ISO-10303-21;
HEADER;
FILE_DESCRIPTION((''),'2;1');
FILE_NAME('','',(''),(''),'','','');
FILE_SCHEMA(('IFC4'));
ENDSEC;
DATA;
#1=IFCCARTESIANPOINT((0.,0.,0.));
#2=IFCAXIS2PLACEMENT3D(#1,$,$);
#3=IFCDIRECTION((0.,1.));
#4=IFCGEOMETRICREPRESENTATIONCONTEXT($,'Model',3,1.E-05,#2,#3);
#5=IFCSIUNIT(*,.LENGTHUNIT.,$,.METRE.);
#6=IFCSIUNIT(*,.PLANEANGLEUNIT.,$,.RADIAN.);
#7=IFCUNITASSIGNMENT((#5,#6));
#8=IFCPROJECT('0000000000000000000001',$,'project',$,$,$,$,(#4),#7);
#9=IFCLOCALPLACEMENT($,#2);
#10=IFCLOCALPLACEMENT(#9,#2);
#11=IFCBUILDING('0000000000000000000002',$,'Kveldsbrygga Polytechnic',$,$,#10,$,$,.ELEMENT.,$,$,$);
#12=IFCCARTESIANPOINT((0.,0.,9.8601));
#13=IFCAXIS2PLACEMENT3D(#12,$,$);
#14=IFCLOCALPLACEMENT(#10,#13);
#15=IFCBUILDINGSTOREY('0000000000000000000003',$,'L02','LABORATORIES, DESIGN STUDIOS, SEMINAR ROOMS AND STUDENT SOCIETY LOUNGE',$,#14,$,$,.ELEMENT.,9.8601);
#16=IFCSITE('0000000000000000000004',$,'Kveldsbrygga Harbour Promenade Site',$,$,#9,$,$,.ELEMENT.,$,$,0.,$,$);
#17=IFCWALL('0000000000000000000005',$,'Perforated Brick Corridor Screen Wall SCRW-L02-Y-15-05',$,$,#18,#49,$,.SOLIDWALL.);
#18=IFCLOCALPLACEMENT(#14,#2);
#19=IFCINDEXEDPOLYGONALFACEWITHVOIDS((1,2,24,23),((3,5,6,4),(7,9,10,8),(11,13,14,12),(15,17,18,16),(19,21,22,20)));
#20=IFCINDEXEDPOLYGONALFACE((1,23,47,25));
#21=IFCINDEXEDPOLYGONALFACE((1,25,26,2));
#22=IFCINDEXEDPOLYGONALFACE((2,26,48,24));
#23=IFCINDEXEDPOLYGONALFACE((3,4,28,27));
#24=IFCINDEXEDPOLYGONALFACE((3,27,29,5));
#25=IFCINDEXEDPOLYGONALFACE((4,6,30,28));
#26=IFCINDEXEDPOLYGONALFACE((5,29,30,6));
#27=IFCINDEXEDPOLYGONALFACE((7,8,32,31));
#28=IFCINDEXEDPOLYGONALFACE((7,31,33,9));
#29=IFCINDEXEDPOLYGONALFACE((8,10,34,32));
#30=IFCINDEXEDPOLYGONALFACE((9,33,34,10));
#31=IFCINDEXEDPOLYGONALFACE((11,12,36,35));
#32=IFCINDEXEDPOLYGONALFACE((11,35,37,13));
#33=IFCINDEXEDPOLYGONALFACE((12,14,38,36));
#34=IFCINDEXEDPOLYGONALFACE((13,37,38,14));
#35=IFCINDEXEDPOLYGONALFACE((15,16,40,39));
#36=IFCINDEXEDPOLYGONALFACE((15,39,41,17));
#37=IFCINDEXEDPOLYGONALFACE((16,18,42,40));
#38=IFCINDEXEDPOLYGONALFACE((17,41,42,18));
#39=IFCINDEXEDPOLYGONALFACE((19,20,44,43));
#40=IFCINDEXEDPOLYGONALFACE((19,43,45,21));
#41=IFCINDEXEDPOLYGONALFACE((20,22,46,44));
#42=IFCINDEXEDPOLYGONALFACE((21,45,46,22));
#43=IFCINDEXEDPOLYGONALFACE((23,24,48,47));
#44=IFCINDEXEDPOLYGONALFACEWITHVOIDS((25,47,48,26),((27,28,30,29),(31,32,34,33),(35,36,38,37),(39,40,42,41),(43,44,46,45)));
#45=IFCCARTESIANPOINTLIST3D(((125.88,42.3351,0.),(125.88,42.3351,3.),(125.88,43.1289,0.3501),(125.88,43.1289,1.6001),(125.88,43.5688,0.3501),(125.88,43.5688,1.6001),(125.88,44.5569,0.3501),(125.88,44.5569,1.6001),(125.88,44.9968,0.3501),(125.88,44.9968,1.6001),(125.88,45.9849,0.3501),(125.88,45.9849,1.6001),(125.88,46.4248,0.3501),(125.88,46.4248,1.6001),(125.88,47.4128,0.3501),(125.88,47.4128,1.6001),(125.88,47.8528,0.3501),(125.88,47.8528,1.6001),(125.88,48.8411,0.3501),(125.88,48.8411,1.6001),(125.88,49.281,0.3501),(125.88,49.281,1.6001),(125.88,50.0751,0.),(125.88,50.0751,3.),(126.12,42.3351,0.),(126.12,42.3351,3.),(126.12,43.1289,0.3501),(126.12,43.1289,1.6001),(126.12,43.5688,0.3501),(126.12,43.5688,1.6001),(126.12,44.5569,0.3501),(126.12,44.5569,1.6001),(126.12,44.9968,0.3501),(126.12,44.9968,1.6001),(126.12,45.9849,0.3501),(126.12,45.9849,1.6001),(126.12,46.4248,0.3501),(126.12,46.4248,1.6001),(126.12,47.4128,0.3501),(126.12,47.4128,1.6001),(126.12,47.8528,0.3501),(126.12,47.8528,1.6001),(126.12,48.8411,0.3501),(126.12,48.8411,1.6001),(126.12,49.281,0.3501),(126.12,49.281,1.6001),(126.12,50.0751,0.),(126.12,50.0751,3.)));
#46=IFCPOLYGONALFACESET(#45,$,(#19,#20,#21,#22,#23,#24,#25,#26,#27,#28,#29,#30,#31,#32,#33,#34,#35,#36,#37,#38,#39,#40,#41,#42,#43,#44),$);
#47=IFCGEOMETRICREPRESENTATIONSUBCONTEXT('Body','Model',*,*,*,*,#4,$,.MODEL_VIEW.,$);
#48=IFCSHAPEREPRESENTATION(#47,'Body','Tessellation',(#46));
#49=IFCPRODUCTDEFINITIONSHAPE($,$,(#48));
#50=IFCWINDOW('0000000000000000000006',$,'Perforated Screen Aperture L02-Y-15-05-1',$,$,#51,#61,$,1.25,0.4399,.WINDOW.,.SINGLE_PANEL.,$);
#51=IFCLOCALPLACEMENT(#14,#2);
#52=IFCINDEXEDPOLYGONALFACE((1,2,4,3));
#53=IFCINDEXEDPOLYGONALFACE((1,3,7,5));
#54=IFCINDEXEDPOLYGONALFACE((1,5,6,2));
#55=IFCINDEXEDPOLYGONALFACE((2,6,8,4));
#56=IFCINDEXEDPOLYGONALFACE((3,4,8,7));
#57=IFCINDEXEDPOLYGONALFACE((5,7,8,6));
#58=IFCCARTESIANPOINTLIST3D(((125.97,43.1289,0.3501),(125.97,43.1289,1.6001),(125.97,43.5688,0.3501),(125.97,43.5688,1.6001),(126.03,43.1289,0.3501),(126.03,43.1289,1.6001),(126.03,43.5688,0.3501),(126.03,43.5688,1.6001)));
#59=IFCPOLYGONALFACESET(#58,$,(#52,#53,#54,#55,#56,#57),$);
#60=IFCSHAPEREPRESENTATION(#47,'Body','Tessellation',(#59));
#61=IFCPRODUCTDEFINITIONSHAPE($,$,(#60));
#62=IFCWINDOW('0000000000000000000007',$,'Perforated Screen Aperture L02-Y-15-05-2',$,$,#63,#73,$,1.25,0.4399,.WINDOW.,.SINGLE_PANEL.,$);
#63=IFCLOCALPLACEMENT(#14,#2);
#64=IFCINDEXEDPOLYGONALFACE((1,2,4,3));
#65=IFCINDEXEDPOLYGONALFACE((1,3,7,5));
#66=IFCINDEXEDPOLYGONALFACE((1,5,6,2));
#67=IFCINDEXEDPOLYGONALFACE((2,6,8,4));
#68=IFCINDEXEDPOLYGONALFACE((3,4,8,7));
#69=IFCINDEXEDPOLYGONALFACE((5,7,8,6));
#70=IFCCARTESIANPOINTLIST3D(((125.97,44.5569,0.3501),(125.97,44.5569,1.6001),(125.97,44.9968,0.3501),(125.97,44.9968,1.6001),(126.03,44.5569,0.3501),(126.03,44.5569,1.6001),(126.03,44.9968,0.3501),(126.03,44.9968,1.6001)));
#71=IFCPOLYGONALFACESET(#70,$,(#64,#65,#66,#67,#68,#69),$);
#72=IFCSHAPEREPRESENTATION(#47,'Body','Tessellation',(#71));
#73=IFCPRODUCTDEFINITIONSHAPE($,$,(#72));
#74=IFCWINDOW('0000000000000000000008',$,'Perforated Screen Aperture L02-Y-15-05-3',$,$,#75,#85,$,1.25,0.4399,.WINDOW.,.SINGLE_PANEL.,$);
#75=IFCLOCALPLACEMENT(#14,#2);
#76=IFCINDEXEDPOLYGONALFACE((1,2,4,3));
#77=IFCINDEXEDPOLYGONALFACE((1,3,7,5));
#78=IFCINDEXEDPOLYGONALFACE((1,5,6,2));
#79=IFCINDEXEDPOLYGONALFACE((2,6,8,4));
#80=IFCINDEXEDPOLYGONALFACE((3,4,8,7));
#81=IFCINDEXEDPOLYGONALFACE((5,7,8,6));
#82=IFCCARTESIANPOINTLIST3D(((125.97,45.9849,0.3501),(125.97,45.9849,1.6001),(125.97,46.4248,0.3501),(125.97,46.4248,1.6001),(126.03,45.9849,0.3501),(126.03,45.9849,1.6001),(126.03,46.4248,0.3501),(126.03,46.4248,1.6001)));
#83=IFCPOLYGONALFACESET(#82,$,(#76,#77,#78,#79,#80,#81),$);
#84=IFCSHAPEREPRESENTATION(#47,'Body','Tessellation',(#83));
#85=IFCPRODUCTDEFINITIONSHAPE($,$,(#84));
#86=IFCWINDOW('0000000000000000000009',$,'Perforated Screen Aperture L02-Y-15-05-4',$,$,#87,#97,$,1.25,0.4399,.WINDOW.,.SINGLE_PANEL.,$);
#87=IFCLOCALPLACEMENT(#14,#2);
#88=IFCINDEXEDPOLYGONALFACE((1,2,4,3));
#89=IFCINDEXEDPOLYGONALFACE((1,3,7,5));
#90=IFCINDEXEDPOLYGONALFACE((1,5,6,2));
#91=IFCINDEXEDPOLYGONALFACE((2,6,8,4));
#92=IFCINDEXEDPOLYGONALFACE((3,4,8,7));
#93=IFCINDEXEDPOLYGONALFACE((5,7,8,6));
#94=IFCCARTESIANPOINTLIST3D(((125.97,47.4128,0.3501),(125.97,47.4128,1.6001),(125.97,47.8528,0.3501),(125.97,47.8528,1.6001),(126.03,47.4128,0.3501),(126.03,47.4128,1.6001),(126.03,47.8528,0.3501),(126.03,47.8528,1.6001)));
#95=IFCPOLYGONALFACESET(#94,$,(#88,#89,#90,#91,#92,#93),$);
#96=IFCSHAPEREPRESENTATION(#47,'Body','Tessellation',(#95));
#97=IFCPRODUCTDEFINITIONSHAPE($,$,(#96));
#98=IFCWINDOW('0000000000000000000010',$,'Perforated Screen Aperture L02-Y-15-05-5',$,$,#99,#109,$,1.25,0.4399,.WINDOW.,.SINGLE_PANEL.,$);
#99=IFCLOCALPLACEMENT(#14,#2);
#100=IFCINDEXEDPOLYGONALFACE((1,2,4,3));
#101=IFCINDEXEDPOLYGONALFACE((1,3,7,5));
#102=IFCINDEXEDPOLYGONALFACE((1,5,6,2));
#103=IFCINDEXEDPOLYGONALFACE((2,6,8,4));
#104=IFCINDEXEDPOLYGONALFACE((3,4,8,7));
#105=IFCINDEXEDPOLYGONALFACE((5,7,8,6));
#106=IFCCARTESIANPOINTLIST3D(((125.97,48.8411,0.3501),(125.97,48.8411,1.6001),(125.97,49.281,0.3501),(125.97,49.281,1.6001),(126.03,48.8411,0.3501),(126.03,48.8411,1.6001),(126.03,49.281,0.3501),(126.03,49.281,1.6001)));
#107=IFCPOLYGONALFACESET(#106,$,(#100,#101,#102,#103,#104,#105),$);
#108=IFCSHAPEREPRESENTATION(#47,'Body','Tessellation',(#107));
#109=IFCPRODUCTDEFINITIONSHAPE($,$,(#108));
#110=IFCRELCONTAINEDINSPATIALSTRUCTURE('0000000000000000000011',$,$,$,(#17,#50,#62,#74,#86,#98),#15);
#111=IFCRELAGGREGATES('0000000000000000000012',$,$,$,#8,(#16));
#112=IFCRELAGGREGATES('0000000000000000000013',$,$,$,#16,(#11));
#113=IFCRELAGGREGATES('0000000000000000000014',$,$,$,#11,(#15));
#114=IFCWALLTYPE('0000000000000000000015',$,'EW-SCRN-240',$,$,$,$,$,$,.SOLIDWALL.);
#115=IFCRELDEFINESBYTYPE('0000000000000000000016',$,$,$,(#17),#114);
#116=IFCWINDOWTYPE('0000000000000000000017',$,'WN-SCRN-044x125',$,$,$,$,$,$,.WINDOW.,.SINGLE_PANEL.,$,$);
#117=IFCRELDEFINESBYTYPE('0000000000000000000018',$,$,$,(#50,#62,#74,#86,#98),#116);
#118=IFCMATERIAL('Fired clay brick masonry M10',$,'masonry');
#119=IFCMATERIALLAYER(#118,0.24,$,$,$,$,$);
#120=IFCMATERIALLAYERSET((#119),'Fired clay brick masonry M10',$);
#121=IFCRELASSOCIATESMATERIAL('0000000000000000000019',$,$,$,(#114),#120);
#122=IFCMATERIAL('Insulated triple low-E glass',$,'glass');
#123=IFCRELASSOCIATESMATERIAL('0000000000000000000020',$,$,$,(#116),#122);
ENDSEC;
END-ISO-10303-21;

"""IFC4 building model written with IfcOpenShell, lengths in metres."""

from ifc_helpers import new_model, si_unit, direction, frame, frame_2d, origin, place, context, subcontext, project, spatial, rectangle, extrude, material, layer, layer_set, type_object, element, fill, save


model = new_model("IFC4")

# Units and contexts
model_context = context("Model", 3, precision=1e-05, world=origin(), true_north=direction((0.0, 1.0)))
body_context = subcontext(model_context, "Body", "Model", "MODEL_VIEW")
ifc_project = project(units=[si_unit("LENGTHUNIT", "METRE"), si_unit("PLANEANGLEUNIT", "RADIAN")], contexts=[model_context])

# Site, building, storey
site_placement = place(None, origin())
site = spatial("IfcSite", under=ifc_project, at=site_placement, Name="Kveldsbrygga Harbour Promenade Site", CompositionType="ELEMENT", RefElevation=0.0)
building_placement = place(site_placement, origin())
building = spatial("IfcBuilding", under=site, at=building_placement, Name="Kveldsbrygga Polytechnic", CompositionType="ELEMENT")
storey_placement = place(building_placement, frame((0.0, 0.0, 9.8601)))
storey = spatial("IfcBuildingStorey", under=building, at=storey_placement, Name="L02", Description="LABORATORIES, DESIGN STUDIOS, SEMINAR ROOMS AND STUDENT SOCIETY LOUNGE", CompositionType="ELEMENT", Elevation=9.8601)

# Shared definitions
ifc_material_1 = material(Name="Insulated triple low-E glass", Category="glass")

# Wall, openings, windows
ifc_material_2 = material(Name="Fired clay brick masonry M10", Category="masonry")
ifc_layer_1 = layer(ifc_material_2, 0.24)
ifc_layer_set_1 = layer_set([ifc_layer_1], Name="Fired clay brick masonry M10")
wall_type = type_object("IfcWallType", Name="EW-SCRN-240", PredefinedType="SOLIDWALL", material=ifc_layer_set_1)
wall_placement = place(storey_placement, frame((126.0, 42.335, 0.0), z_axis=(0.0, 0.0, 1.0), x_axis=(0.0, 1.0, 0.0)))
wall = element("IfcWall", 1, at=wall_placement, inside=storey, type_object=wall_type, Name="Perforated Brick Corridor Screen Wall SCRW-L02-Y-15-05", PredefinedType="SOLIDWALL", context=body_context, shape_type="SweptSolid", body=[
    extrude(rectangle(XDim=7.74, YDim=0.24, at=frame_2d((3.8701, 0.0))), origin(), (0.0, 0.0, 1.0), 3.0),
])
opening_1_placement = place(wall_placement, frame((0.7939, 0.0, 0.3501)))
opening_1 = element("IfcOpeningElement", 2, at=opening_1_placement, cuts=wall, PredefinedType="OPENING", context=body_context, shape_type="SweptSolid", body=[
    extrude(rectangle(XDim=0.4399, YDim=1.25, at=frame_2d((0.22, 0.625))), frame((0.0, 0.1299, 0.0), z_axis=(0.0, -1.0, 0.0), x_axis=(1.0, 0.0, 0.0)), (0.0, 0.0, 1.0), 0.26),
])
opening_2_placement = place(wall_placement, frame((2.2219, 0.0, 0.3501)))
opening_2 = element("IfcOpeningElement", 3, at=opening_2_placement, cuts=wall, PredefinedType="OPENING", context=body_context, shape_type="SweptSolid", body=[
    extrude(rectangle(XDim=0.4399, YDim=1.25, at=frame_2d((0.22, 0.625))), frame((0.0, 0.1299, 0.0), z_axis=(0.0, -1.0, 0.0), x_axis=(1.0, 0.0, 0.0)), (0.0, 0.0, 1.0), 0.26),
])
opening_3_placement = place(wall_placement, frame((3.6499, 0.0, 0.3501)))
opening_3 = element("IfcOpeningElement", 4, at=opening_3_placement, cuts=wall, PredefinedType="OPENING", context=body_context, shape_type="SweptSolid", body=[
    extrude(rectangle(XDim=0.4399, YDim=1.25, at=frame_2d((0.22, 0.625))), frame((0.0, 0.1299, 0.0), z_axis=(0.0, -1.0, 0.0), x_axis=(1.0, 0.0, 0.0)), (0.0, 0.0, 1.0), 0.26),
])
opening_4_placement = place(wall_placement, frame((5.0779, 0.0, 0.3501)))
opening_4 = element("IfcOpeningElement", 5, at=opening_4_placement, cuts=wall, PredefinedType="OPENING", context=body_context, shape_type="SweptSolid", body=[
    extrude(rectangle(XDim=0.4399, YDim=1.25, at=frame_2d((0.22, 0.625))), frame((0.0, 0.1299, 0.0), z_axis=(0.0, -1.0, 0.0), x_axis=(1.0, 0.0, 0.0)), (0.0, 0.0, 1.0), 0.26),
])
opening_5_placement = place(wall_placement, frame((6.5061, 0.0, 0.3501)))
opening_5 = element("IfcOpeningElement", 6, at=opening_5_placement, cuts=wall, PredefinedType="OPENING", context=body_context, shape_type="SweptSolid", body=[
    extrude(rectangle(XDim=0.4399, YDim=1.25, at=frame_2d((0.22, 0.625))), frame((0.0, 0.1299, 0.0), z_axis=(0.0, -1.0, 0.0), x_axis=(1.0, 0.0, 0.0)), (0.0, 0.0, 1.0), 0.26),
])
window_type = type_object("IfcWindowType", Name="WN-SCRN-044x125", PartitioningType="SINGLE_PANEL", PredefinedType="WINDOW", material=ifc_material_1)
window_1_placement = place(opening_1_placement, origin())
window_1 = element("IfcWindow", 7, at=window_1_placement, inside=storey, type_object=window_type, Name="Perforated Screen Aperture L02-Y-15-05-1", OverallHeight=1.25, OverallWidth=0.4399, PartitioningType="SINGLE_PANEL", PredefinedType="WINDOW", context=body_context, shape_type="SweptSolid", body=[
    extrude(rectangle(XDim=0.4399, YDim=1.25, at=frame_2d((0.22, 0.625))), frame((0.0, 0.03, 0.0), z_axis=(0.0, -1.0, 0.0), x_axis=(1.0, 0.0, 0.0)), (0.0, 0.0, 1.0), 0.0601),
])
fill(opening_1, window_1)
window_2_placement = place(opening_2_placement, origin())
window_2 = element("IfcWindow", 8, at=window_2_placement, inside=storey, type_object=window_type, Name="Perforated Screen Aperture L02-Y-15-05-2", OverallHeight=1.25, OverallWidth=0.4399, PartitioningType="SINGLE_PANEL", PredefinedType="WINDOW", context=body_context, shape_type="SweptSolid", body=[
    extrude(rectangle(XDim=0.4399, YDim=1.25, at=frame_2d((0.22, 0.625))), frame((0.0, 0.03, 0.0), z_axis=(0.0, -1.0, 0.0), x_axis=(1.0, 0.0, 0.0)), (0.0, 0.0, 1.0), 0.0601),
])
fill(opening_2, window_2)
window_3_placement = place(opening_3_placement, origin())
window_3 = element("IfcWindow", 9, at=window_3_placement, inside=storey, type_object=window_type, Name="Perforated Screen Aperture L02-Y-15-05-3", OverallHeight=1.25, OverallWidth=0.4399, PartitioningType="SINGLE_PANEL", PredefinedType="WINDOW", context=body_context, shape_type="SweptSolid", body=[
    extrude(rectangle(XDim=0.4399, YDim=1.25, at=frame_2d((0.22, 0.625))), frame((0.0, 0.03, 0.0), z_axis=(0.0, -1.0, 0.0), x_axis=(1.0, 0.0, 0.0)), (0.0, 0.0, 1.0), 0.0601),
])
fill(opening_3, window_3)
window_4_placement = place(opening_4_placement, origin())
window_4 = element("IfcWindow", 10, at=window_4_placement, inside=storey, type_object=window_type, Name="Perforated Screen Aperture L02-Y-15-05-4", OverallHeight=1.25, OverallWidth=0.4399, PartitioningType="SINGLE_PANEL", PredefinedType="WINDOW", context=body_context, shape_type="SweptSolid", body=[
    extrude(rectangle(XDim=0.4399, YDim=1.25, at=frame_2d((0.22, 0.625))), frame((0.0, 0.03, 0.0), z_axis=(0.0, -1.0, 0.0), x_axis=(1.0, 0.0, 0.0)), (0.0, 0.0, 1.0), 0.0601),
])
fill(opening_4, window_4)
window_5_placement = place(opening_5_placement, origin())
window_5 = element("IfcWindow", 11, at=window_5_placement, inside=storey, type_object=window_type, Name="Perforated Screen Aperture L02-Y-15-05-5", OverallHeight=1.25, OverallWidth=0.4399, PartitioningType="SINGLE_PANEL", PredefinedType="WINDOW", context=body_context, shape_type="SweptSolid", body=[
    extrude(rectangle(XDim=0.4399, YDim=1.25, at=frame_2d((0.22, 0.625))), frame((0.0, 0.03, 0.0), z_axis=(0.0, -1.0, 0.0), x_axis=(1.0, 0.0, 0.0)), (0.0, 0.0, 1.0), 0.0601),
])
fill(opening_5, window_5)

save(model, "model.ifc")
